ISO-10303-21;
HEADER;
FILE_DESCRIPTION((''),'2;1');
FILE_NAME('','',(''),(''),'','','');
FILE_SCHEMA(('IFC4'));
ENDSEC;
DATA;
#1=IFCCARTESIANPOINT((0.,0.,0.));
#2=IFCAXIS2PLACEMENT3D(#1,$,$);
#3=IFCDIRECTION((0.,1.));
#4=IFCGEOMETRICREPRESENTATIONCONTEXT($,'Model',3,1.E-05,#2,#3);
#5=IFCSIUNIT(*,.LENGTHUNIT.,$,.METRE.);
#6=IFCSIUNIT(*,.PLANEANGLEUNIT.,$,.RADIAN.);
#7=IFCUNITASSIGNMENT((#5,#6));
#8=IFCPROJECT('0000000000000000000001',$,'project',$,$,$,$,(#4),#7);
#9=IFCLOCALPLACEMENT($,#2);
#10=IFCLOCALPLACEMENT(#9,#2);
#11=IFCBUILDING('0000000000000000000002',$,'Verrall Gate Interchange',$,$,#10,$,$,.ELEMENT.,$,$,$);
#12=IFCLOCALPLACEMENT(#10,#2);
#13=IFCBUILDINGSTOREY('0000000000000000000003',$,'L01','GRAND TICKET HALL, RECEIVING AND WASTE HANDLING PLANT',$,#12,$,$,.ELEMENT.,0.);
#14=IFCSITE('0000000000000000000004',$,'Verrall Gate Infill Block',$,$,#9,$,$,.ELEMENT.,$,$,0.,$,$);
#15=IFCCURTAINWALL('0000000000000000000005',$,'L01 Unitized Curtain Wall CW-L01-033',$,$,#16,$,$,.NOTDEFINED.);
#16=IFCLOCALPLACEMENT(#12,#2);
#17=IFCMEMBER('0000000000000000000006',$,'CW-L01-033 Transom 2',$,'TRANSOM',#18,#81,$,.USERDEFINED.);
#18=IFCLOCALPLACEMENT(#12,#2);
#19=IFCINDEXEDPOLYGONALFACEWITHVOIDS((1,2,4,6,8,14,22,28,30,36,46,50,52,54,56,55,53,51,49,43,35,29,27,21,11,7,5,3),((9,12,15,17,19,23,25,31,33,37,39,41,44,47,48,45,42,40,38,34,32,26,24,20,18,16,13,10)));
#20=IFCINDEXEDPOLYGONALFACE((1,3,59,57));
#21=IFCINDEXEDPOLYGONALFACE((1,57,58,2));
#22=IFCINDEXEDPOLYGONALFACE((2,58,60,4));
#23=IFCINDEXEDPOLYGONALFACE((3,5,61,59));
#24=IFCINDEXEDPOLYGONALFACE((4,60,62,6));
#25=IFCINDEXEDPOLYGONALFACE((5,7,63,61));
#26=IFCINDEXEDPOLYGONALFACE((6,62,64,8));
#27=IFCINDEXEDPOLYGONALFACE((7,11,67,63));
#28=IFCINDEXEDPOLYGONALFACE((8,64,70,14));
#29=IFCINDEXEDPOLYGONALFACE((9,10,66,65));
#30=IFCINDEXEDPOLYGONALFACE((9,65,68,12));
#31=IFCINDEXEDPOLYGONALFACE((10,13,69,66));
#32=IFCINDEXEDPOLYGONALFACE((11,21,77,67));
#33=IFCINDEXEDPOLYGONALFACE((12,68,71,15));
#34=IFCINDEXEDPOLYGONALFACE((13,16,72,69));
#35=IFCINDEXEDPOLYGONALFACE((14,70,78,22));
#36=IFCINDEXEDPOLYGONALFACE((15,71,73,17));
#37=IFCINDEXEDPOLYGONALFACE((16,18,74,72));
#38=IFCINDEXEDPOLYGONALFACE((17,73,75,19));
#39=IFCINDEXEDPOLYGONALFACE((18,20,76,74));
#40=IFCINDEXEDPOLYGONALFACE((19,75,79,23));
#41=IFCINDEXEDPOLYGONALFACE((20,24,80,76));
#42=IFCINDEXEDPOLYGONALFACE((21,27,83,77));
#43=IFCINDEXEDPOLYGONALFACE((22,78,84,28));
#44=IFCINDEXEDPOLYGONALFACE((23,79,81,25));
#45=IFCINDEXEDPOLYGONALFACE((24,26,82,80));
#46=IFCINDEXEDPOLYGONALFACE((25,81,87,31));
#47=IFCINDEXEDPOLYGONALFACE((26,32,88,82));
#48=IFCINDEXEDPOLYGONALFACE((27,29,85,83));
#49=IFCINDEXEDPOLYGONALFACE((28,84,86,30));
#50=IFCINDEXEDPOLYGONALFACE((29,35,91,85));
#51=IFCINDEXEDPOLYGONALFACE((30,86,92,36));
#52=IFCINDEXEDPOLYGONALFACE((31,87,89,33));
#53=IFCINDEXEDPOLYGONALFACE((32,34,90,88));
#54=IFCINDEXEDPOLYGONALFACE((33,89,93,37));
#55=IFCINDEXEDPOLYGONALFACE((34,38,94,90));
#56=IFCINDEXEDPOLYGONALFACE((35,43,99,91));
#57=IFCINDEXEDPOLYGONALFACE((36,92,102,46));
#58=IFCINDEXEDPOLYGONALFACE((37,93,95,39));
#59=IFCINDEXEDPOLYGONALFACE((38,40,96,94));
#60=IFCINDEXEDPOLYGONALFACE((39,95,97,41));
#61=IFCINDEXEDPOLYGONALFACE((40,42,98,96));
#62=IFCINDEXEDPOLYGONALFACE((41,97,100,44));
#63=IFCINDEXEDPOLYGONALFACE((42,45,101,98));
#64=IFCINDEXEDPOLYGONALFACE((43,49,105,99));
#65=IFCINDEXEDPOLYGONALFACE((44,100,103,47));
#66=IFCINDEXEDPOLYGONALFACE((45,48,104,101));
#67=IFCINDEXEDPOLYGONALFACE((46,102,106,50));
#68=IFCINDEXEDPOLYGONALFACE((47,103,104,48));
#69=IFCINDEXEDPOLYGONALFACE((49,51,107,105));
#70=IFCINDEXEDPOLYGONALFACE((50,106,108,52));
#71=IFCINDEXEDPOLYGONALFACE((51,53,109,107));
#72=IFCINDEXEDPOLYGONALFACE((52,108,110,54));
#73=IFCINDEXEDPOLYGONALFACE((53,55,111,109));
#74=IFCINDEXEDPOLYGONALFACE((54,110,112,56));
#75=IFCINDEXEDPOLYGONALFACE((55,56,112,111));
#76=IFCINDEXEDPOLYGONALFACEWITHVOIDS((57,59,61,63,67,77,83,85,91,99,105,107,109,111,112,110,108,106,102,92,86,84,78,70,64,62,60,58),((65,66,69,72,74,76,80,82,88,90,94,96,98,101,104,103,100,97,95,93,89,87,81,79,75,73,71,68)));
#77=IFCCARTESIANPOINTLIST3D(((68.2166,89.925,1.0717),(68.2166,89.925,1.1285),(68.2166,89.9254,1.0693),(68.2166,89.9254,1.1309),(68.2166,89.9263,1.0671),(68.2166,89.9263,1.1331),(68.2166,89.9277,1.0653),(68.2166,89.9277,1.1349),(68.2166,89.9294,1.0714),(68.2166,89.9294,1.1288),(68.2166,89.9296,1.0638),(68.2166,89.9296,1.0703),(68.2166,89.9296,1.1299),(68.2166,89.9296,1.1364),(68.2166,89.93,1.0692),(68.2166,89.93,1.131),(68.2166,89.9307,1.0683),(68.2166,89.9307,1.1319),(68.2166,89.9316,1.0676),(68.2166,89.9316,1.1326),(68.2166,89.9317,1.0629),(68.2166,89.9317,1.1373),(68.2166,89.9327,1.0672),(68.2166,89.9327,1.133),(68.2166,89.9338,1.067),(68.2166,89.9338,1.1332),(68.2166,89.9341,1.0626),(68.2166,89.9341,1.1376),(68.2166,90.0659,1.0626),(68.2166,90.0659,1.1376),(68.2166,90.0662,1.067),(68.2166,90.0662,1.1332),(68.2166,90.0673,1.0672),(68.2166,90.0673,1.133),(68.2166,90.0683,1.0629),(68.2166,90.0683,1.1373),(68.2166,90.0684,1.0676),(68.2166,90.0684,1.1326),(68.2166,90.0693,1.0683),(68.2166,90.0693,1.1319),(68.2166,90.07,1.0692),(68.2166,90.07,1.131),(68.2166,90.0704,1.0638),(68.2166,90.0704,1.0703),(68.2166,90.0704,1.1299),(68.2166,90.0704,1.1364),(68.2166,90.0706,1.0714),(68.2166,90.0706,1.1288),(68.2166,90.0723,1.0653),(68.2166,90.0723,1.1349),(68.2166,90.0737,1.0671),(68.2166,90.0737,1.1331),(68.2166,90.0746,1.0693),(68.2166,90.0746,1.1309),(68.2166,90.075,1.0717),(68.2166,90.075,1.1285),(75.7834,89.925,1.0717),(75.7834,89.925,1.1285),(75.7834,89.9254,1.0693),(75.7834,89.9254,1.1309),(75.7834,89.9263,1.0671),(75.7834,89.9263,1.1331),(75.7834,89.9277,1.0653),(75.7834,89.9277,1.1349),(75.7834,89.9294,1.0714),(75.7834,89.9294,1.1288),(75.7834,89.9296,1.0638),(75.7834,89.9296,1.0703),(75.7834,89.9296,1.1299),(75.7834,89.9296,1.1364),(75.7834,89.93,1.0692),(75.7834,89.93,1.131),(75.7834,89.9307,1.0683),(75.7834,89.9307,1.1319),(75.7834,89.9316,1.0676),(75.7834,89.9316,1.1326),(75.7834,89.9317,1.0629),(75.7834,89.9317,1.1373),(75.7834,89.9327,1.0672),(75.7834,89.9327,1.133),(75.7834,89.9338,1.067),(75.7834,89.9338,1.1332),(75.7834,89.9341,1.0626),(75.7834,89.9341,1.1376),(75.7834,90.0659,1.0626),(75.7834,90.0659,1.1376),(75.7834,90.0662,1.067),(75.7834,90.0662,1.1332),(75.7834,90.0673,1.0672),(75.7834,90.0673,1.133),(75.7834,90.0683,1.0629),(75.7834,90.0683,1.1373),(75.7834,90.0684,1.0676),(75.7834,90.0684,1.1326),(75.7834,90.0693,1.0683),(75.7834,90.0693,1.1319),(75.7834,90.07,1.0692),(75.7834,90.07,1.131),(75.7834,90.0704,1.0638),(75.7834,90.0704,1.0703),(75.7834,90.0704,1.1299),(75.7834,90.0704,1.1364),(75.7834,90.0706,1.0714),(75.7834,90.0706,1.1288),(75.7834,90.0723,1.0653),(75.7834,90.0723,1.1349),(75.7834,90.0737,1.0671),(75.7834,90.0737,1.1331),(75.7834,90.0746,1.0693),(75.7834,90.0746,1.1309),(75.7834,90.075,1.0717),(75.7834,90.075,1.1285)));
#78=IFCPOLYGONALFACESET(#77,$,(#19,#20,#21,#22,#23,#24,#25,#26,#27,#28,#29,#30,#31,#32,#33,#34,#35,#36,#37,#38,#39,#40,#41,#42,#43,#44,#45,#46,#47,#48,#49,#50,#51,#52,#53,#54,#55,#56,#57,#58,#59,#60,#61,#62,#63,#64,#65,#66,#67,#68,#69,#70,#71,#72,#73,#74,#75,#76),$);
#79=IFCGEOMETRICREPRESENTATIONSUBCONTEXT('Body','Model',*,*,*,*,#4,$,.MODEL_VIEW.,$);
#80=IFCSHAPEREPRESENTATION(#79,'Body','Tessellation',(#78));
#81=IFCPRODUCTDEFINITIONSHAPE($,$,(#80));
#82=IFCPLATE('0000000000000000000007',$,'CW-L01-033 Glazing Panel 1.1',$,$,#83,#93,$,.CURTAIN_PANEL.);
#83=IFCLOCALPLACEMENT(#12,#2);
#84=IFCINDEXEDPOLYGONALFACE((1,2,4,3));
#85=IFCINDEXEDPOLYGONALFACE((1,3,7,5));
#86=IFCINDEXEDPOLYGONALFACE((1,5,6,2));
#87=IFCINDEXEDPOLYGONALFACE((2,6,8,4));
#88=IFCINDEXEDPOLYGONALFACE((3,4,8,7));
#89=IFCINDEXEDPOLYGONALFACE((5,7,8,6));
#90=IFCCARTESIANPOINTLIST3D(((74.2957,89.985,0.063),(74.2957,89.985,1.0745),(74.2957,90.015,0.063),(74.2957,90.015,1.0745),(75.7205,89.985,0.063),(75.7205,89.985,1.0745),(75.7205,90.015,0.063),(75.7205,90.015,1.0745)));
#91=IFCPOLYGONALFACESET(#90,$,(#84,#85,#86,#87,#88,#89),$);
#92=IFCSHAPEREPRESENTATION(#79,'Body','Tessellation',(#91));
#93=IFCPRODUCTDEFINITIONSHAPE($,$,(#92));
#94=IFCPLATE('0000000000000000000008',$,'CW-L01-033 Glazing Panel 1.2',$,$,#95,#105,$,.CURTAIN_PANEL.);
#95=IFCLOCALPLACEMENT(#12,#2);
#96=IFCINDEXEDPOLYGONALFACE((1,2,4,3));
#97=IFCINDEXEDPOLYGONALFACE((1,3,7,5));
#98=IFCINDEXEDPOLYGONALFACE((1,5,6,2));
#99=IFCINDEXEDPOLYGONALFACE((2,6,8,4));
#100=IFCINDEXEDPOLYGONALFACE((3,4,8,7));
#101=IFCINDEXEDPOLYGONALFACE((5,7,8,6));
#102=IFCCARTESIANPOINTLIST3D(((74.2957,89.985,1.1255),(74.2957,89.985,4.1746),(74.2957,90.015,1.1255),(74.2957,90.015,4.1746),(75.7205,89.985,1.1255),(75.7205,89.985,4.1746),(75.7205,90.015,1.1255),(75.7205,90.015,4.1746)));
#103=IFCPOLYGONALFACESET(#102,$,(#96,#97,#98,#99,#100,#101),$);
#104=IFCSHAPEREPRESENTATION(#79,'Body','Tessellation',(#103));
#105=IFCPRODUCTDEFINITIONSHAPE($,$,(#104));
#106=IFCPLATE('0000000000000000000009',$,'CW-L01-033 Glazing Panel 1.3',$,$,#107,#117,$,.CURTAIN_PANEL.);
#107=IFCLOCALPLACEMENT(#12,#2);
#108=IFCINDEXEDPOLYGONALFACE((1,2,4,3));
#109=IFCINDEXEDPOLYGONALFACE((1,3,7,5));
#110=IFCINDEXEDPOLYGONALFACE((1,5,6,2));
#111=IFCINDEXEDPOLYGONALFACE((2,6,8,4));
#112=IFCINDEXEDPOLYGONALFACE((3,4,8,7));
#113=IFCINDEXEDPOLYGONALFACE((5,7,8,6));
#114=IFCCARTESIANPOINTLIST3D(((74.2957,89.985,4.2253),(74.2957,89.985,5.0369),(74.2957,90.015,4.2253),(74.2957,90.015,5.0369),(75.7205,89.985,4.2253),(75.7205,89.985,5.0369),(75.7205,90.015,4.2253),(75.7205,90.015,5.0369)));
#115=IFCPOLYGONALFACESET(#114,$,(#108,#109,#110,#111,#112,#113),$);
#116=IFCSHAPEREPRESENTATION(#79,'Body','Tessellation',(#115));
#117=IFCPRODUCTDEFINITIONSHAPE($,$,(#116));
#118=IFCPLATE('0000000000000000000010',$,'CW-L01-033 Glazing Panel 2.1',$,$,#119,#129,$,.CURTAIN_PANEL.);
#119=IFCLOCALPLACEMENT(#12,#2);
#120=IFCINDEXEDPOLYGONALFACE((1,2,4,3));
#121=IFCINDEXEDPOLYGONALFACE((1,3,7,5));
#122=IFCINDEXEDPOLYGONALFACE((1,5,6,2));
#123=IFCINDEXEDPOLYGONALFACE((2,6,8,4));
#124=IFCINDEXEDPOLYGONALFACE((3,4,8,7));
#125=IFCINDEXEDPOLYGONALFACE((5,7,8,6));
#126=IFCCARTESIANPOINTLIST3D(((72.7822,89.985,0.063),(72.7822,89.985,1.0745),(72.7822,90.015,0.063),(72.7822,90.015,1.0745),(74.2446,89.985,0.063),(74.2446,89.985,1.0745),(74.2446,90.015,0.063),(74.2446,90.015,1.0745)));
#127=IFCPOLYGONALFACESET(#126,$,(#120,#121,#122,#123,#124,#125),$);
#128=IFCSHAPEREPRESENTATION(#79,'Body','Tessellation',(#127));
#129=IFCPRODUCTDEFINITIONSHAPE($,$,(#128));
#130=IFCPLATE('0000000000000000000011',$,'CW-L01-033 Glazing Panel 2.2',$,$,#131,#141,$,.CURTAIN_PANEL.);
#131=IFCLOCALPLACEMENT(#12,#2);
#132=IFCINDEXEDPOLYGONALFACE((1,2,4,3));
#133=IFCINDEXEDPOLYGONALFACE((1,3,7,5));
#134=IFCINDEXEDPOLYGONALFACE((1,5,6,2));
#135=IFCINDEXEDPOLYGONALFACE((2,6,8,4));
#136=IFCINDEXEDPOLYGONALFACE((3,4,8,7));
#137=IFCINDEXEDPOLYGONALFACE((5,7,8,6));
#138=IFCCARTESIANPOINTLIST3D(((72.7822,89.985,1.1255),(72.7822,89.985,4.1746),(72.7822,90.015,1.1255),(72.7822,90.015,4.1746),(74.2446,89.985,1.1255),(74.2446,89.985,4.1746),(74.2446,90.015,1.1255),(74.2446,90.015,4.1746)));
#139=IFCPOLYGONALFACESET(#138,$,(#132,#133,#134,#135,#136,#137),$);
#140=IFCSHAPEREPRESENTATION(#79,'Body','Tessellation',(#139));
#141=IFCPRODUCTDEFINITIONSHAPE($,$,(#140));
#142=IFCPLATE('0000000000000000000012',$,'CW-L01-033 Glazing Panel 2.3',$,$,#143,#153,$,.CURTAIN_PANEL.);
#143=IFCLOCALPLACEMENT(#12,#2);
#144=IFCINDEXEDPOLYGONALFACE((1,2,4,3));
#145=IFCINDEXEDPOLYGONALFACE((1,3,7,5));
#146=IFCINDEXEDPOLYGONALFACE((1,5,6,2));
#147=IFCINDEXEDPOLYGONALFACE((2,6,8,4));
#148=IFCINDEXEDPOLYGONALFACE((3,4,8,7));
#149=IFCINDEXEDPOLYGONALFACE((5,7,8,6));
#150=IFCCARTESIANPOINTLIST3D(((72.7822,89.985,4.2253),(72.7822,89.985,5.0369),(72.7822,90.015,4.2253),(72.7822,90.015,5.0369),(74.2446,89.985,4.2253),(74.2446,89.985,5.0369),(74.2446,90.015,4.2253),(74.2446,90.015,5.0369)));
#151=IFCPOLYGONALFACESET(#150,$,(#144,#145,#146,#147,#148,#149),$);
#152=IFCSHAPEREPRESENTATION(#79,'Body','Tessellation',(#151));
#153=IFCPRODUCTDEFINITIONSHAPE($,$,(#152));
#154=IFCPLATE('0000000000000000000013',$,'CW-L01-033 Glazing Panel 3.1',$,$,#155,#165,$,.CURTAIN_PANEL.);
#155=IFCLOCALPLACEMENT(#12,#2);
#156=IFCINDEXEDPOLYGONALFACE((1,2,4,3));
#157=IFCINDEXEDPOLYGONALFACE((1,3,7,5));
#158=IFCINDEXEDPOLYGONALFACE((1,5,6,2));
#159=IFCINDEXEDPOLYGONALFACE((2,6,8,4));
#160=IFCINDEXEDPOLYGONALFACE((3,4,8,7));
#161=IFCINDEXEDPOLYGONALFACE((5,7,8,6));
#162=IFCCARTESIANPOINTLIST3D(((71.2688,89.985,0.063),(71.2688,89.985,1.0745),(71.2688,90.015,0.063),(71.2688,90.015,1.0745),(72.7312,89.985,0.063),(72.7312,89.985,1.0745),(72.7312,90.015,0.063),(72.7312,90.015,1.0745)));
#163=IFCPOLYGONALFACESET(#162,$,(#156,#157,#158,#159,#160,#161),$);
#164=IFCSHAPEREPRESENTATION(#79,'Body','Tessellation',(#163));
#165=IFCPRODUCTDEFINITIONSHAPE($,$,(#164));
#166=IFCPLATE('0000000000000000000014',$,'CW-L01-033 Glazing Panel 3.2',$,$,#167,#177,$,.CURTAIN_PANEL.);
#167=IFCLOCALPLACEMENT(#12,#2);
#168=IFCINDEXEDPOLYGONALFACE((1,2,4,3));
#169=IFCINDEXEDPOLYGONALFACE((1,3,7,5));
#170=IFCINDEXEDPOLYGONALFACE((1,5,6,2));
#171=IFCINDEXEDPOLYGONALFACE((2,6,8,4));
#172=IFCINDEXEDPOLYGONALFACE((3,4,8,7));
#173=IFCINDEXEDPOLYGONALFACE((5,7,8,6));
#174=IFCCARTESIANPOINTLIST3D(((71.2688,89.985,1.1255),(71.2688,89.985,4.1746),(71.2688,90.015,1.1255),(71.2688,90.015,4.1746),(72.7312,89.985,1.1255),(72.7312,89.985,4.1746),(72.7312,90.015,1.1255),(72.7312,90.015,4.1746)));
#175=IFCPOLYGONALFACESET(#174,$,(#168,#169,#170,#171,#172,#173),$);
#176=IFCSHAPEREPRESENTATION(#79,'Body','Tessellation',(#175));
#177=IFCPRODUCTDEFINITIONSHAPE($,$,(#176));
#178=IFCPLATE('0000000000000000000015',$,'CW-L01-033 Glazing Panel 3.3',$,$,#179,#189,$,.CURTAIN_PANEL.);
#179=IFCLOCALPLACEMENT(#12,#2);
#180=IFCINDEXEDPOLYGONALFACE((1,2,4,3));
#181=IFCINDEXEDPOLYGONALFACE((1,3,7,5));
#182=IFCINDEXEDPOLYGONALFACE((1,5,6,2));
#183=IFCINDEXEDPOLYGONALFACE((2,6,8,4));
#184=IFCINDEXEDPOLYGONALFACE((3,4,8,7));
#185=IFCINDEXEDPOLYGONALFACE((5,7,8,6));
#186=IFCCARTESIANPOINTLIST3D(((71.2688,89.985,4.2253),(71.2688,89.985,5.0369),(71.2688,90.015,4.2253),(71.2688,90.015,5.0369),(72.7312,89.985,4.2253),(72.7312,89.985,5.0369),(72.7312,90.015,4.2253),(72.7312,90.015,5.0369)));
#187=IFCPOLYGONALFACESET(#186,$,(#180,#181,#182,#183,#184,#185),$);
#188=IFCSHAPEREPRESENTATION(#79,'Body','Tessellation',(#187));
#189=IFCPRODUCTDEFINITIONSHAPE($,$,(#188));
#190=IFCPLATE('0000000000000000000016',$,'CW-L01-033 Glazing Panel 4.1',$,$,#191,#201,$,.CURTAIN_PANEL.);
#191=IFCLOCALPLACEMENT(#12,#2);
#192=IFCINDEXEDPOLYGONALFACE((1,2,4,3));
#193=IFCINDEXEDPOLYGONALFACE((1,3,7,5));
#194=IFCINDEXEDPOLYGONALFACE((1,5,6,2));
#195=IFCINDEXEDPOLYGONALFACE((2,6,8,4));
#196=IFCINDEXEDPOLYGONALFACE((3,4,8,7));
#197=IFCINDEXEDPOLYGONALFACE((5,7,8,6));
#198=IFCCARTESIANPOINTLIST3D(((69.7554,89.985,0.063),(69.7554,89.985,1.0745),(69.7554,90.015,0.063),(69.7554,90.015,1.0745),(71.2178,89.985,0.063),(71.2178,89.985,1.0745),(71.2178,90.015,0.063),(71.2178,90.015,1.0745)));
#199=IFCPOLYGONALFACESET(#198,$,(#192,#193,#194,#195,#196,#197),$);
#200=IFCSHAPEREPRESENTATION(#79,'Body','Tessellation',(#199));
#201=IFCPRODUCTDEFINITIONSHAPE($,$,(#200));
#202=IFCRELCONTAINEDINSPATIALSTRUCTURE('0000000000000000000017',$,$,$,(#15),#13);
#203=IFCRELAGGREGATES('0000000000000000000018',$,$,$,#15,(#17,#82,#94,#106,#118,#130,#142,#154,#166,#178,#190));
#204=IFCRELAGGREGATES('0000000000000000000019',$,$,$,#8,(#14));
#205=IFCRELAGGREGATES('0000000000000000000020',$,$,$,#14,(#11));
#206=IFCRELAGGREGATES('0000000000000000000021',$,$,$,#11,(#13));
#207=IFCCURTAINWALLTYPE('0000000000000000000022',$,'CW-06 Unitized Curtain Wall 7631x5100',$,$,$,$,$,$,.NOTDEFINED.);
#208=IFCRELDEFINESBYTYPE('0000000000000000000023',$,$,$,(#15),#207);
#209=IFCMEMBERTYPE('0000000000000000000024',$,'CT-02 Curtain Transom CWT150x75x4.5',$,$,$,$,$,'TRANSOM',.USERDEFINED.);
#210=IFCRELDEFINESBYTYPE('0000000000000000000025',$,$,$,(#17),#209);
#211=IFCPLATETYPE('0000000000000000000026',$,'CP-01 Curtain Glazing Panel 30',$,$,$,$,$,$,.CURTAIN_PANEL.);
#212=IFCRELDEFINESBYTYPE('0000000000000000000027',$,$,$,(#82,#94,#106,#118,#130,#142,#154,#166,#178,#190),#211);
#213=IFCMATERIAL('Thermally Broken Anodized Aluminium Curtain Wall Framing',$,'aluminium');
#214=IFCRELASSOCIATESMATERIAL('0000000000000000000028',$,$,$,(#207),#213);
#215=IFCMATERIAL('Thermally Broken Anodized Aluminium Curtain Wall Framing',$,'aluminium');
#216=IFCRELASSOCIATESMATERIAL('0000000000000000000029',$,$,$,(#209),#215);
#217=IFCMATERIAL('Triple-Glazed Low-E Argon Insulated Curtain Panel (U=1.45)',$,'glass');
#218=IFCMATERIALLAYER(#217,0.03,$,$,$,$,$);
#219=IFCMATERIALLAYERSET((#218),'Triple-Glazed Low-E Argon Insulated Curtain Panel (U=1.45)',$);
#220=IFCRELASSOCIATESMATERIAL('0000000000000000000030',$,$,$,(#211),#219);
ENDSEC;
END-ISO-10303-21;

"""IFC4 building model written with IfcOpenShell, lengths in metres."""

from ifc_helpers import new_model, si_unit, direction, frame, origin, origin_2d, place, context, subcontext, project, spatial, rectangle, hollow_rectangle, extrude, material, layer, layer_set, material_profile, profile_set, type_object, element, aggregate, save


model = new_model("IFC4")

# Units and contexts
model_context = context("Model", 3, precision=1e-05, world=origin(), true_north=direction((0.0, 1.0)))
body_context = subcontext(model_context, "Body", "Model", "MODEL_VIEW")
ifc_project = project(units=[si_unit("LENGTHUNIT", "METRE"), si_unit("PLANEANGLEUNIT", "RADIAN")], contexts=[model_context])

# Site, building, storey
site_placement = place(None, origin())
site = spatial("IfcSite", under=ifc_project, at=site_placement, Name="Verrall Gate Infill Block", CompositionType="ELEMENT", RefElevation=0.0)
building_placement = place(site_placement, origin())
building = spatial("IfcBuilding", under=site, at=building_placement, Name="Verrall Gate Interchange", CompositionType="ELEMENT")
storey_placement = place(building_placement, origin())
storey = spatial("IfcBuildingStorey", under=building, at=storey_placement, Name="L01", Description="GRAND TICKET HALL, RECEIVING AND WASTE HANDLING PLANT", CompositionType="ELEMENT", Elevation=0.0)

# Curtain wall, member, plates
ifc_material_1 = material(Name="Thermally Broken Anodized Aluminium Curtain Wall Framing", Category="aluminium")
curtain_wall_type = type_object("IfcCurtainWallType", Name="CW-06 Unitized Curtain Wall 7631x5100", PredefinedType="NOTDEFINED", material=ifc_material_1)
curtain_wall_placement = place(storey_placement, origin())
curtain_wall = element("IfcCurtainWall", 1, at=curtain_wall_placement, inside=storey, type_object=curtain_wall_type, Name="L01 Unitized Curtain Wall CW-L01-033", PredefinedType="NOTDEFINED")
ifc_material_2 = material(Name="Thermally Broken Anodized Aluminium Curtain Wall Framing", Category="aluminium")
ifc_material_profile_1 = material_profile(ifc_material_2, hollow_rectangle(XDim=0.1499, YDim=0.075, WallThickness=0.0044, InnerFilletRadius=0.0044, OuterFilletRadius=0.009, at=origin_2d()), Name="CWT150x75x4.5")
ifc_profile_set_1 = profile_set([ifc_material_profile_1], Name="Thermally Broken Anodized Aluminium Curtain Wall Framing")
member_type_1 = type_object("IfcMemberType", Name="CT-02 Curtain Transom CWT150x75x4.5", ElementType="TRANSOM", PredefinedType="USERDEFINED", material=ifc_profile_set_1)
member_1_placement = place(storey_placement, frame((75.7834, 90.0, 1.1001), z_axis=(-1.0, 0.0, 0.0), x_axis=(0.0, -1.0, 0.0)))
member_1 = element("IfcMember", 2, at=member_1_placement, type_object=member_type_1, Name="CW-L01-033 Transom 2", ObjectType="TRANSOM", PredefinedType="USERDEFINED", context=body_context, shape_type="SweptSolid", body=[
    extrude(hollow_rectangle(XDim=0.1499, YDim=0.075, WallThickness=0.0044, InnerFilletRadius=0.0044, OuterFilletRadius=0.009, at=origin_2d()), origin(), (0.0, 0.0, 1.0), 7.5669),
])
ifc_material_3 = material(Name="Triple-Glazed Low-E Argon Insulated Curtain Panel (U=1.45)", Category="glass")
ifc_layer = layer(ifc_material_3, 0.03)
ifc_layer_set = layer_set([ifc_layer], Name="Triple-Glazed Low-E Argon Insulated Curtain Panel (U=1.45)")
plate_type = type_object("IfcPlateType", Name="CP-01 Curtain Glazing Panel 30", PredefinedType="CURTAIN_PANEL", material=ifc_layer_set)
plate_1_placement = place(storey_placement, frame((75.0081, 90.0, 0.063), z_axis=(0.0, 0.0, 1.0), x_axis=(-1.0, 0.0, 0.0)))
plate_1 = element("IfcPlate", 3, at=plate_1_placement, type_object=plate_type, Name="CW-L01-033 Glazing Panel 1.1", PredefinedType="CURTAIN_PANEL", context=body_context, shape_type="SweptSolid", body=[
    extrude(rectangle(XDim=1.4248, YDim=0.03, at=origin_2d()), origin(), (0.0, 0.0, 1.0), 1.0115),
])
plate_2_placement = place(storey_placement, frame((75.0081, 90.0, 1.1255), z_axis=(0.0, 0.0, 1.0), x_axis=(-1.0, 0.0, 0.0)))
plate_2 = element("IfcPlate", 4, at=plate_2_placement, type_object=plate_type, Name="CW-L01-033 Glazing Panel 1.2", PredefinedType="CURTAIN_PANEL", context=body_context, shape_type="SweptSolid", body=[
    extrude(rectangle(XDim=1.4248, YDim=0.03, at=origin_2d()), origin(), (0.0, 0.0, 1.0), 3.0491),
])
plate_3_placement = place(storey_placement, frame((75.0081, 90.0, 4.2253), z_axis=(0.0, 0.0, 1.0), x_axis=(-1.0, 0.0, 0.0)))
plate_3 = element("IfcPlate", 5, at=plate_3_placement, type_object=plate_type, Name="CW-L01-033 Glazing Panel 1.3", PredefinedType="CURTAIN_PANEL", context=body_context, shape_type="SweptSolid", body=[
    extrude(rectangle(XDim=1.4248, YDim=0.03, at=origin_2d()), origin(), (0.0, 0.0, 1.0), 0.8115),
])
plate_4_placement = place(storey_placement, frame((73.5134, 90.0, 0.063), z_axis=(0.0, 0.0, 1.0), x_axis=(-1.0, 0.0, 0.0)))
plate_4 = element("IfcPlate", 6, at=plate_4_placement, type_object=plate_type, Name="CW-L01-033 Glazing Panel 2.1", PredefinedType="CURTAIN_PANEL", context=body_context, shape_type="SweptSolid", body=[
    extrude(rectangle(XDim=1.4624, YDim=0.03, at=origin_2d()), origin(), (0.0, 0.0, 1.0), 1.0115),
])
plate_5_placement = place(storey_placement, frame((73.5134, 90.0, 1.1255), z_axis=(0.0, 0.0, 1.0), x_axis=(-1.0, 0.0, 0.0)))
plate_5 = element("IfcPlate", 7, at=plate_5_placement, type_object=plate_type, Name="CW-L01-033 Glazing Panel 2.2", PredefinedType="CURTAIN_PANEL", context=body_context, shape_type="SweptSolid", body=[
    extrude(rectangle(XDim=1.4624, YDim=0.03, at=origin_2d()), origin(), (0.0, 0.0, 1.0), 3.0491),
])
plate_6_placement = place(storey_placement, frame((73.5134, 90.0, 4.2253), z_axis=(0.0, 0.0, 1.0), x_axis=(-1.0, 0.0, 0.0)))
plate_6 = element("IfcPlate", 8, at=plate_6_placement, type_object=plate_type, Name="CW-L01-033 Glazing Panel 2.3", PredefinedType="CURTAIN_PANEL", context=body_context, shape_type="SweptSolid", body=[
    extrude(rectangle(XDim=1.4624, YDim=0.03, at=origin_2d()), origin(), (0.0, 0.0, 1.0), 0.8115),
])
plate_7_placement = place(storey_placement, frame((72.0, 90.0, 0.063), z_axis=(0.0, 0.0, 1.0), x_axis=(-1.0, 0.0, 0.0)))
plate_7 = element("IfcPlate", 9, at=plate_7_placement, type_object=plate_type, Name="CW-L01-033 Glazing Panel 3.1", PredefinedType="CURTAIN_PANEL", context=body_context, shape_type="SweptSolid", body=[
    extrude(rectangle(XDim=1.4624, YDim=0.03, at=origin_2d()), origin(), (0.0, 0.0, 1.0), 1.0115),
])
plate_8_placement = place(storey_placement, frame((72.0, 90.0, 1.1255), z_axis=(0.0, 0.0, 1.0), x_axis=(-1.0, 0.0, 0.0)))
plate_8 = element("IfcPlate", 10, at=plate_8_placement, type_object=plate_type, Name="CW-L01-033 Glazing Panel 3.2", PredefinedType="CURTAIN_PANEL", context=body_context, shape_type="SweptSolid", body=[
    extrude(rectangle(XDim=1.4624, YDim=0.03, at=origin_2d()), origin(), (0.0, 0.0, 1.0), 3.0491),
])
plate_9_placement = place(storey_placement, frame((72.0, 90.0, 4.2253), z_axis=(0.0, 0.0, 1.0), x_axis=(-1.0, 0.0, 0.0)))
plate_9 = element("IfcPlate", 11, at=plate_9_placement, type_object=plate_type, Name="CW-L01-033 Glazing Panel 3.3", PredefinedType="CURTAIN_PANEL", context=body_context, shape_type="SweptSolid", body=[
    extrude(rectangle(XDim=1.4624, YDim=0.03, at=origin_2d()), origin(), (0.0, 0.0, 1.0), 0.8115),
])
plate_10_placement = place(storey_placement, frame((70.4866, 90.0, 0.063), z_axis=(0.0, 0.0, 1.0), x_axis=(-1.0, 0.0, 0.0)))
plate_10 = element("IfcPlate", 12, at=plate_10_placement, type_object=plate_type, Name="CW-L01-033 Glazing Panel 4.1", PredefinedType="CURTAIN_PANEL", context=body_context, shape_type="SweptSolid", body=[
    extrude(rectangle(XDim=1.4624, YDim=0.03, at=origin_2d()), origin(), (0.0, 0.0, 1.0), 1.0115),
])
aggregate(curtain_wall, [member_1, plate_1, plate_2, plate_3, plate_4, plate_5, plate_6, plate_7, plate_8, plate_9, plate_10])

save(model, "model.ifc")
